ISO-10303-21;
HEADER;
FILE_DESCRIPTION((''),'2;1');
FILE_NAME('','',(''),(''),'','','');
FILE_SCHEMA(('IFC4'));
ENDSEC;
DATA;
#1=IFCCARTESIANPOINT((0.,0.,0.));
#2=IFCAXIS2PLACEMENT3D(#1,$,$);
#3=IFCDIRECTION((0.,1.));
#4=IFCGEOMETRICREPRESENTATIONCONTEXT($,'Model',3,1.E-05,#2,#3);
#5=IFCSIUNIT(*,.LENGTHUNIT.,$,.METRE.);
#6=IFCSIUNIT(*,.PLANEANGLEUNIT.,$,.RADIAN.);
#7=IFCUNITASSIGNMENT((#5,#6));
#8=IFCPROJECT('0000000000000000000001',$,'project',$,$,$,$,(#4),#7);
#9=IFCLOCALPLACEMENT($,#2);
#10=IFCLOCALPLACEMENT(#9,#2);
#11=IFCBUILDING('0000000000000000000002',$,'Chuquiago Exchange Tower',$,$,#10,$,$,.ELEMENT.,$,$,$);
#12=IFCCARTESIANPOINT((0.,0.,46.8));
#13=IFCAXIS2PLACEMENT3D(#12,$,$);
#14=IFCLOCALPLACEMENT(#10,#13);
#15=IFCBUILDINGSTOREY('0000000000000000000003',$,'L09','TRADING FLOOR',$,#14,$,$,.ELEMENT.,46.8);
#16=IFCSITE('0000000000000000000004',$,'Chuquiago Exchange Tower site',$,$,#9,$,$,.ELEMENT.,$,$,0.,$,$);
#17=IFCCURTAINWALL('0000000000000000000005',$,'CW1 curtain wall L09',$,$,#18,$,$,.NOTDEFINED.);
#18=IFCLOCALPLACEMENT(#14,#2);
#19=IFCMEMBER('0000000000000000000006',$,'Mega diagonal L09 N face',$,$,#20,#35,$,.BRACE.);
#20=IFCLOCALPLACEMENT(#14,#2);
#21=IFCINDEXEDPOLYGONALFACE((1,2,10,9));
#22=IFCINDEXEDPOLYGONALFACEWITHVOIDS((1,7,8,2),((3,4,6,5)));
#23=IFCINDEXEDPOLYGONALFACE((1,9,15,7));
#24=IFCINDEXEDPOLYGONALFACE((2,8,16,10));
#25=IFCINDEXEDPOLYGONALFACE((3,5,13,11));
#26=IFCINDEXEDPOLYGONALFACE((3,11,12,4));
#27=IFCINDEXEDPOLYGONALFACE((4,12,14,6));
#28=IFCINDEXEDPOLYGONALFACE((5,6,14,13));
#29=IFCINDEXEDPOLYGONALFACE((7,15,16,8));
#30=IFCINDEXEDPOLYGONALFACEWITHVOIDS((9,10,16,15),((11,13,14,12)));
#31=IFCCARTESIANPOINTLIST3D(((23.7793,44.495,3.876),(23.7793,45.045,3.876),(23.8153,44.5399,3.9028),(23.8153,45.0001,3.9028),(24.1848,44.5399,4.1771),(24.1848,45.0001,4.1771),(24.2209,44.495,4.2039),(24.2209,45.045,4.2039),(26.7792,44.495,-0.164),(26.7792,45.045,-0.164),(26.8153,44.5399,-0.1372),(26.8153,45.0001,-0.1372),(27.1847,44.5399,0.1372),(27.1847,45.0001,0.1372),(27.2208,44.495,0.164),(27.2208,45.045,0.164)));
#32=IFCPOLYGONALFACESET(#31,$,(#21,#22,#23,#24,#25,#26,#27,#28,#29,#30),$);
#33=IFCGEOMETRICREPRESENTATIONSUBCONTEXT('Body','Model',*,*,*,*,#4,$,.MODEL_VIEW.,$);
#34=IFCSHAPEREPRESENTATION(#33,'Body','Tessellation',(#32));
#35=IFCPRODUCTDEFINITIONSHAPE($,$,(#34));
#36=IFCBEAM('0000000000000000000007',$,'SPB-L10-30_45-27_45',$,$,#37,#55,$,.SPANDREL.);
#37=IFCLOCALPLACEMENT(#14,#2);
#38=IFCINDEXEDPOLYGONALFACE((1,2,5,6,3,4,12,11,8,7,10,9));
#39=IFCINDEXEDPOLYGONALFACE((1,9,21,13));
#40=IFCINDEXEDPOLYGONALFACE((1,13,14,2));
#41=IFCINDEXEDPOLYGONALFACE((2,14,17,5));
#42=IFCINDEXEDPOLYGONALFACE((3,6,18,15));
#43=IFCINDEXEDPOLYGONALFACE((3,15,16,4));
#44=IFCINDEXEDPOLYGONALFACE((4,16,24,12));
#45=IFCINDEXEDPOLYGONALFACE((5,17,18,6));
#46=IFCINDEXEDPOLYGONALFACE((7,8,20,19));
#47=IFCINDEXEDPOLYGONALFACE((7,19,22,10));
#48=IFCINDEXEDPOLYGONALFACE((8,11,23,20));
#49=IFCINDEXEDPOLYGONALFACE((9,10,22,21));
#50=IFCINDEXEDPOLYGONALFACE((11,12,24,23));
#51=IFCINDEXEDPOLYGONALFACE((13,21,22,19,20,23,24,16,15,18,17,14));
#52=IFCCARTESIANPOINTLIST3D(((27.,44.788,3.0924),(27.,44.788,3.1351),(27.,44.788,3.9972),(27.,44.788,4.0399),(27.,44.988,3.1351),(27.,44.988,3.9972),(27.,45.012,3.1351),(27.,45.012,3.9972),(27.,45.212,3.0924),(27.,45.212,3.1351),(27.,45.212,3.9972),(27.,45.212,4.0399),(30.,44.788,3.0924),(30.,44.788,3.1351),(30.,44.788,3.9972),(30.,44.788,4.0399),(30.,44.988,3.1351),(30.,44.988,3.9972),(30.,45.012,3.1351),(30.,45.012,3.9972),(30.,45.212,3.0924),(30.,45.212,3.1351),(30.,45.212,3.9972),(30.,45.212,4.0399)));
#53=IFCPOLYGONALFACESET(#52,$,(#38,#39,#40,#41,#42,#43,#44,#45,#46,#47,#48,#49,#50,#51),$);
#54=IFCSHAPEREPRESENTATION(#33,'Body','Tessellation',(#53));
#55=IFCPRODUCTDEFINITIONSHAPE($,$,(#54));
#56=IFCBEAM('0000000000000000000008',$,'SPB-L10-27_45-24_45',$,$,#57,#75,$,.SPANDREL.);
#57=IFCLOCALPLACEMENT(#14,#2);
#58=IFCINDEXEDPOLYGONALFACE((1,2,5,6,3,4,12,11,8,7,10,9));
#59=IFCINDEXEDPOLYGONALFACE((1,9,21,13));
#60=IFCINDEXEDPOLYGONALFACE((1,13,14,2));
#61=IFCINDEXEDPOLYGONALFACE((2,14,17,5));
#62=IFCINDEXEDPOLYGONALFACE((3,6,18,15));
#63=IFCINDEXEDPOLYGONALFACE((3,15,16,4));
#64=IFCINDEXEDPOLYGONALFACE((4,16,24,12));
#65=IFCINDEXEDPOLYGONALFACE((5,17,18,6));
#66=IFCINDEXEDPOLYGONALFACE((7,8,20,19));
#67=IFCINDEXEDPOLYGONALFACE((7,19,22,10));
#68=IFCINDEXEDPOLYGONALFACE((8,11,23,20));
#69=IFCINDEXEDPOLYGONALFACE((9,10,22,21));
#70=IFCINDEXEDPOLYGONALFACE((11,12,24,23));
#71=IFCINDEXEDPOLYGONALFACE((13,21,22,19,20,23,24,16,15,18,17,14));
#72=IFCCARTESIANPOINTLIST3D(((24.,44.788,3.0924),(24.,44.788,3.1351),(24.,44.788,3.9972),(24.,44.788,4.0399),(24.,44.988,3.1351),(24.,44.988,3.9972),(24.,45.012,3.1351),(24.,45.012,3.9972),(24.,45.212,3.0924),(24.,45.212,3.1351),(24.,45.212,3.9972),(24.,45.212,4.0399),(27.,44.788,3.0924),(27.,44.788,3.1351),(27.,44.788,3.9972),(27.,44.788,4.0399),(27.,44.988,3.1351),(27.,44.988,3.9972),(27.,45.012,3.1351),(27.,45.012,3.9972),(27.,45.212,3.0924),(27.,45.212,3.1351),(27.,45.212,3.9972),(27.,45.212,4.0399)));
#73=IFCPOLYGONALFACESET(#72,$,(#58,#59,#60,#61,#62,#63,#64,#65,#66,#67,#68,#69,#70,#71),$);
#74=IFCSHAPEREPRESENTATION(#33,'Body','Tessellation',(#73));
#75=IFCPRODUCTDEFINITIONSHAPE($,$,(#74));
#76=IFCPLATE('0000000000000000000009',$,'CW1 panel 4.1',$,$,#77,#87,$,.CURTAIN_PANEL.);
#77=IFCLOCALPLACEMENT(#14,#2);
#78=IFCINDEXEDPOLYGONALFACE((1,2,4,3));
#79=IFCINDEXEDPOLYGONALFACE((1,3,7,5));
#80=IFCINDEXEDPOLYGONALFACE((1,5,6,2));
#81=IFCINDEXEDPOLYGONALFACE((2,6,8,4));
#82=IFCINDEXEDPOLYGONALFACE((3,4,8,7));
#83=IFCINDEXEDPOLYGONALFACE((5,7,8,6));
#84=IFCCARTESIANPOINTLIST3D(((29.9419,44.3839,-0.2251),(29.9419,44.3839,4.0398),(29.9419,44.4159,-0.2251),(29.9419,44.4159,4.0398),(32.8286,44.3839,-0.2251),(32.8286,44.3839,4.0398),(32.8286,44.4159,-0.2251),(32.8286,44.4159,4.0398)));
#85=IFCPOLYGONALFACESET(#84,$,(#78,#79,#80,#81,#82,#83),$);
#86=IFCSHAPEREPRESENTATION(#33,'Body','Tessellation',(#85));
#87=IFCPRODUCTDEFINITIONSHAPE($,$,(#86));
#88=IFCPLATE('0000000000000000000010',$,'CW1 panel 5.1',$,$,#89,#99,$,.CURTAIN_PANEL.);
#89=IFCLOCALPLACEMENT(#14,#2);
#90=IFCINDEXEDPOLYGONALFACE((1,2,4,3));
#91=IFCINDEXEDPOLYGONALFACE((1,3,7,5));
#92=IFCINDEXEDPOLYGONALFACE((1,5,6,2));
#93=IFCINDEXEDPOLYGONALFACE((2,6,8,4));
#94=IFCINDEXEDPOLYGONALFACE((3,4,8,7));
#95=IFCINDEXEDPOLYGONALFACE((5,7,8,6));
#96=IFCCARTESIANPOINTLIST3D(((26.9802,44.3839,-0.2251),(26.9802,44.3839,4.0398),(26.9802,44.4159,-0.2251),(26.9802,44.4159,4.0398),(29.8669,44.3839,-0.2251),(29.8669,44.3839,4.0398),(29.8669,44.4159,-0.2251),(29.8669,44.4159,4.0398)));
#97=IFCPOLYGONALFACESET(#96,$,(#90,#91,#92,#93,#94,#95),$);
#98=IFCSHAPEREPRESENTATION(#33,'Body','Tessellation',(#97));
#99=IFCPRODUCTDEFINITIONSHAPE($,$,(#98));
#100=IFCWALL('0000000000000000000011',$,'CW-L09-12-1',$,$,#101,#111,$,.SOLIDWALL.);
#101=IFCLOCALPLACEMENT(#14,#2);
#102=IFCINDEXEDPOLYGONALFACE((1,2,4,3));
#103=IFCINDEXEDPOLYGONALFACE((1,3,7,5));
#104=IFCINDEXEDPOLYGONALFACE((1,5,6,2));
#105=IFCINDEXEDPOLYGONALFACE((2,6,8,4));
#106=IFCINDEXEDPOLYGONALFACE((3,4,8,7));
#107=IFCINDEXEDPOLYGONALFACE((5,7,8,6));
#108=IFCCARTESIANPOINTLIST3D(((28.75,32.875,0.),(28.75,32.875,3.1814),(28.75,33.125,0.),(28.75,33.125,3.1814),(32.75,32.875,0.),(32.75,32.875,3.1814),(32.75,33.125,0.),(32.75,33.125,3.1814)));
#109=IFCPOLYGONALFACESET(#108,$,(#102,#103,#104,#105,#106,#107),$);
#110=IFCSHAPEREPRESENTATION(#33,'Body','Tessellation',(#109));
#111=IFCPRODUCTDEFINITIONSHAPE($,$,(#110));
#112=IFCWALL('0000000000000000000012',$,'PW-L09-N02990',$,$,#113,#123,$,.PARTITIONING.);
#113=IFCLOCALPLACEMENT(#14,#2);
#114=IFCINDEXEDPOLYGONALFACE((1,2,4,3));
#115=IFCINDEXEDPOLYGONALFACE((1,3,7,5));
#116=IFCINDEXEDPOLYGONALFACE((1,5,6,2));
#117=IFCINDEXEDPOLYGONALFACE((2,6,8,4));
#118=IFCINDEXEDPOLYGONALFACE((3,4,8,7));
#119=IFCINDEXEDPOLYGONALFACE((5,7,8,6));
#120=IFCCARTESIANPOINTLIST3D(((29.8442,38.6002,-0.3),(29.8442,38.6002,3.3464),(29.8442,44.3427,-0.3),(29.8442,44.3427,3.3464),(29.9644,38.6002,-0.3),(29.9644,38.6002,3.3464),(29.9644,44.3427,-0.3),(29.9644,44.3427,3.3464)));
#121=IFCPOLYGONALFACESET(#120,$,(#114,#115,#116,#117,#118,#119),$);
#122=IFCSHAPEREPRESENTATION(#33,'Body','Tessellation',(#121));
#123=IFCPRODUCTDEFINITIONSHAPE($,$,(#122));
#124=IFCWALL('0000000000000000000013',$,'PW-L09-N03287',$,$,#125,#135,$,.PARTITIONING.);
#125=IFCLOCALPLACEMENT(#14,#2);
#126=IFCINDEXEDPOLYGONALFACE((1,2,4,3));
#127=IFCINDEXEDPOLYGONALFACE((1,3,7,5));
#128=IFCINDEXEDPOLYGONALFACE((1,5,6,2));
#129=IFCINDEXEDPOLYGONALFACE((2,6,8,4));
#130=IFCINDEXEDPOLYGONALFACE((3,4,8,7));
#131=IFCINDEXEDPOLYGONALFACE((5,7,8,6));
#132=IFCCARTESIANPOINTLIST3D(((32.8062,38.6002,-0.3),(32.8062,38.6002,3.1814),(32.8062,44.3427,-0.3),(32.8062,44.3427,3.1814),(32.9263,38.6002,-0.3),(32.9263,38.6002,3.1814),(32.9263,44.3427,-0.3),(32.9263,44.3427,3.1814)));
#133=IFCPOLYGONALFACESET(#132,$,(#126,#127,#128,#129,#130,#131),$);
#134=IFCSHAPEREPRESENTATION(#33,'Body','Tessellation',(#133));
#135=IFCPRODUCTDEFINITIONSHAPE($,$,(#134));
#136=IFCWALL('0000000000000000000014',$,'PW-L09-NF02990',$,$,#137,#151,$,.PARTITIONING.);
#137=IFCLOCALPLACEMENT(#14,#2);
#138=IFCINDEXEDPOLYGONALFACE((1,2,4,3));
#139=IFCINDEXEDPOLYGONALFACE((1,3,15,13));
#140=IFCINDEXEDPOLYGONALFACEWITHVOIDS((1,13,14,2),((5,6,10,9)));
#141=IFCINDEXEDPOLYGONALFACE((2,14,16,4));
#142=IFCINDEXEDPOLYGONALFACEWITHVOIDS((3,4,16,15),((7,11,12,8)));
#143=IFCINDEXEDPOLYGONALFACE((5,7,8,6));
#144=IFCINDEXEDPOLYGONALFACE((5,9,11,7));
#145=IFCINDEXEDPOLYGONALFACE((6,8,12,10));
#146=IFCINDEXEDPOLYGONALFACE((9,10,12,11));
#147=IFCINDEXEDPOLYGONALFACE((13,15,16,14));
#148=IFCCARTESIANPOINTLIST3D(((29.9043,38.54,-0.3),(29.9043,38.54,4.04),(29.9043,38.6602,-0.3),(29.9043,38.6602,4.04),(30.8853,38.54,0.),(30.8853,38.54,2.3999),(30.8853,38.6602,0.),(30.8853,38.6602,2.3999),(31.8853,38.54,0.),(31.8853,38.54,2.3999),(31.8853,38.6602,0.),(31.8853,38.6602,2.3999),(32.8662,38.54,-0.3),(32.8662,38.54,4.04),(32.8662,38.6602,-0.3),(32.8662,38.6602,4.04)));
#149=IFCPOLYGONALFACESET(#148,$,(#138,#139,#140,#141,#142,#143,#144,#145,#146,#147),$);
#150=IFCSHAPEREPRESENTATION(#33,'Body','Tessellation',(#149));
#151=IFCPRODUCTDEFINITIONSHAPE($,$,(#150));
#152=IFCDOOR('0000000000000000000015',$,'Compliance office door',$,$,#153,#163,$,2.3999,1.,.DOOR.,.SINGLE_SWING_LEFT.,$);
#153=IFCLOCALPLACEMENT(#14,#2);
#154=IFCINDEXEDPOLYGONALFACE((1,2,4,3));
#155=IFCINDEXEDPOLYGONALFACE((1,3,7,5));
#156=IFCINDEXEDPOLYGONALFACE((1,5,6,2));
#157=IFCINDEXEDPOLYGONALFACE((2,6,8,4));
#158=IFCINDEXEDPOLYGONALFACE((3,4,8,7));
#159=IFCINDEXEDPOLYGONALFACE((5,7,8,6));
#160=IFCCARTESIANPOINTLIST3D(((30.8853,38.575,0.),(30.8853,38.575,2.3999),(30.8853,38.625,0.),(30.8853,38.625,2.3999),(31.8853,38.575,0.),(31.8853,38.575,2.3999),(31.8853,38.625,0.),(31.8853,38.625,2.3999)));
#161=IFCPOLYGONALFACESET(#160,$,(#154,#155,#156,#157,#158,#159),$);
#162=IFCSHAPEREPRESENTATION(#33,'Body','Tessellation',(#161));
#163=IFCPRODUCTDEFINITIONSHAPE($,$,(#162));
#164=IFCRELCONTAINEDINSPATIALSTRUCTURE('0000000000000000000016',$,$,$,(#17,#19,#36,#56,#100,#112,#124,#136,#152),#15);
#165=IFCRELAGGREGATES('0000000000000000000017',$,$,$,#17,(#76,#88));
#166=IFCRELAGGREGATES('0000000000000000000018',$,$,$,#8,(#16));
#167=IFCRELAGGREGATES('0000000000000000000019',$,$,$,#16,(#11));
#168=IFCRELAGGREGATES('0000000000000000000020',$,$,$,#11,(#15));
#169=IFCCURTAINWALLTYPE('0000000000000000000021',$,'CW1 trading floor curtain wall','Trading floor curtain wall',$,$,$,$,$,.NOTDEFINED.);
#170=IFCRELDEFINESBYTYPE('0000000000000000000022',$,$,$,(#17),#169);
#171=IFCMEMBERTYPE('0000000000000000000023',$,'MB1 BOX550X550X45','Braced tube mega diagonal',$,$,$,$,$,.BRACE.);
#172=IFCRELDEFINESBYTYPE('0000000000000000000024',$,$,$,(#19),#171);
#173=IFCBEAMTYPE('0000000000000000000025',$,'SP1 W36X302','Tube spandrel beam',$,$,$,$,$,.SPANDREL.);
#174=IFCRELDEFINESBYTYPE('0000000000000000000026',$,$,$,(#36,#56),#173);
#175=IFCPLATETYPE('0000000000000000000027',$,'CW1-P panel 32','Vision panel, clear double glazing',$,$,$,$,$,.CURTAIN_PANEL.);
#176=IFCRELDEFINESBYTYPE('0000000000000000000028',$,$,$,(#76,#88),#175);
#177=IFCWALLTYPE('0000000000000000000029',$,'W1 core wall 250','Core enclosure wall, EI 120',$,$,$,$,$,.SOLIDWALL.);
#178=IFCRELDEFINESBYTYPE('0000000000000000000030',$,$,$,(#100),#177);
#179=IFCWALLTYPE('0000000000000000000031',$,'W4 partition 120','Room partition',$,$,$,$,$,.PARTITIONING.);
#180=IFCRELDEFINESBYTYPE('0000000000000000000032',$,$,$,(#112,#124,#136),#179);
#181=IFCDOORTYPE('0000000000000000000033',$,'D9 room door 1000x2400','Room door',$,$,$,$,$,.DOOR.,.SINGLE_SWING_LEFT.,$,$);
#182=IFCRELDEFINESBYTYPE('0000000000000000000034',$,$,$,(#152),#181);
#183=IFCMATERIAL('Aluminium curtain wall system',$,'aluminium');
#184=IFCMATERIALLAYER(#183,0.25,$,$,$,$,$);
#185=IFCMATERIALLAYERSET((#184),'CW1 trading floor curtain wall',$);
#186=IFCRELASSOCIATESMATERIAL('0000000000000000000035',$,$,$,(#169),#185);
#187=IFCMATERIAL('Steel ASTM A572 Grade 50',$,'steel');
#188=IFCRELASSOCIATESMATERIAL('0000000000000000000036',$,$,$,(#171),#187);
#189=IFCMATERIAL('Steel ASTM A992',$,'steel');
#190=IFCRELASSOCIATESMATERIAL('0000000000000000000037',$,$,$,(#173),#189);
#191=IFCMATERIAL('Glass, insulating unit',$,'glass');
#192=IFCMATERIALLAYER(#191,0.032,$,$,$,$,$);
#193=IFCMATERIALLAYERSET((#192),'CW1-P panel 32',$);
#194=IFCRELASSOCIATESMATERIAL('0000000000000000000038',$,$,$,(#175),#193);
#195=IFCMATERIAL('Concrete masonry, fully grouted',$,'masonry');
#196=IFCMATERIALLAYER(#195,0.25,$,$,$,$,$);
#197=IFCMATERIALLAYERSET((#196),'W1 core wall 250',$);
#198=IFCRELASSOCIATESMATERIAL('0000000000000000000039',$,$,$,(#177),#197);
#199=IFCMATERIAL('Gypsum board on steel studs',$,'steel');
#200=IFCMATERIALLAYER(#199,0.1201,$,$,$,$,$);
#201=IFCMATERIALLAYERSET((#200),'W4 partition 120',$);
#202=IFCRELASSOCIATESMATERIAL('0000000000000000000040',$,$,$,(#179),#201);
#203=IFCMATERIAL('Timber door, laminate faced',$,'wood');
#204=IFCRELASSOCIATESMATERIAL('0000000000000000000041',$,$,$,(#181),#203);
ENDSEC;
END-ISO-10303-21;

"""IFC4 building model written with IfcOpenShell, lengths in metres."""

from ifc_helpers import new_model, si_unit, direction, frame, frame_2d, origin, origin_2d, place, context, subcontext, project, spatial, rectangle, hollow_rectangle, i_section, extrude, material, layer, layer_set, material_profile, profile_set, type_object, element, fill, aggregate, save


model = new_model("IFC4")

# Units and contexts
model_context = context("Model", 3, precision=1e-05, world=origin(), true_north=direction((0.0, 1.0)))
body_context = subcontext(model_context, "Body", "Model", "MODEL_VIEW")
ifc_project = project(units=[si_unit("LENGTHUNIT", "METRE"), si_unit("PLANEANGLEUNIT", "RADIAN")], contexts=[model_context])

# Site, building, storey
site_placement = place(None, origin())
site = spatial("IfcSite", under=ifc_project, at=site_placement, Name="Chuquiago Exchange Tower site", CompositionType="ELEMENT", RefElevation=0.0)
building_placement = place(site_placement, origin())
building = spatial("IfcBuilding", under=site, at=building_placement, Name="Chuquiago Exchange Tower", CompositionType="ELEMENT")
storey_placement = place(building_placement, frame((0.0, 0.0, 46.8)))
storey = spatial("IfcBuildingStorey", under=building, at=storey_placement, Name="L09", Description="TRADING FLOOR", CompositionType="ELEMENT", Elevation=46.8)

# Curtain wall
ifc_material_1 = material(Name="Aluminium curtain wall system", Category="aluminium")
ifc_layer_1 = layer(ifc_material_1, 0.25)
ifc_layer_set_1 = layer_set([ifc_layer_1], Name="CW1 trading floor curtain wall")
curtain_wall_type = type_object("IfcCurtainWallType", Name="CW1 trading floor curtain wall", Description="Trading floor curtain wall", PredefinedType="NOTDEFINED", material=ifc_layer_set_1)
curtain_wall_placement = place(storey_placement, origin())
curtain_wall = element("IfcCurtainWall", 1, at=curtain_wall_placement, inside=storey, type_object=curtain_wall_type, Name="CW1 curtain wall L09", PredefinedType="NOTDEFINED")

# Member
ifc_material_2 = material(Name="Steel ASTM A572 Grade 50", Category="steel")
ifc_material_profile_1 = material_profile(ifc_material_2, hollow_rectangle(XDim=0.55, YDim=0.55, WallThickness=0.0449, at=origin_2d()), Name="BOX550X550X45")
ifc_profile_set_1 = profile_set([ifc_material_profile_1], Name="Steel ASTM A572 Grade 50")
member_type_1 = type_object("IfcMemberType", Name="MB1 BOX550X550X45", Description="Braced tube mega diagonal", PredefinedType="BRACE", material=ifc_profile_set_1)
member_1_placement = place(storey_placement, frame((27.0, 44.77, 0.0), z_axis=(-0.596174, 0.0, 0.802855), x_axis=(0.0, -1.0, 0.0)))
element("IfcMember", 2, at=member_1_placement, inside=storey, type_object=member_type_1, Name="Mega diagonal L09 N face", PredefinedType="BRACE", context=body_context, shape_type="SweptSolid", body=[
    extrude(hollow_rectangle(XDim=0.55, YDim=0.55, WallThickness=0.0449, at=origin_2d()), origin(), (0.0, 0.0, 1.0), 5.032),
])

# Beams
ifc_material_3 = material(Name="Steel ASTM A992", Category="steel")
ifc_material_profile_2 = material_profile(ifc_material_3, i_section(OverallWidth=0.4241, OverallDepth=0.9475, WebThickness=0.0239, FlangeThickness=0.0427, at=origin_2d()), Name="W36X302")
ifc_profile_set_2 = profile_set([ifc_material_profile_2], Name="Steel ASTM A992")
beam_type_1 = type_object("IfcBeamType", Name="SP1 W36X302", Description="Tube spandrel beam", PredefinedType="SPANDREL", material=ifc_profile_set_2)
for number, where, z_axis, x_axis, name in (
    (3, (30.0, 45.0, 3.5662), (-1.0, 0.0, 0.0), (0.0, -1.0, 0.0), "SPB-L10-30_45-27_45"),
    (4, (27.0, 45.0, 3.5662), (-1.0, 0.0, 0.0), (0.0, -1.0, 0.0), "SPB-L10-27_45-24_45"),
):
    element("IfcBeam", number, at=place(storey_placement, frame(where, z_axis=z_axis, x_axis=x_axis)), inside=storey, type_object=beam_type_1, Name=name, PredefinedType="SPANDREL", context=body_context, shape_type="SweptSolid", body=[
        extrude(i_section(OverallWidth=0.4241, OverallDepth=0.9475, WebThickness=0.0239, FlangeThickness=0.0427, at=origin_2d()), origin(), (0.0, 0.0, 1.0), 3.0),
    ])

# Plates
ifc_material_4 = material(Name="Glass, insulating unit", Category="glass")
ifc_layer_2 = layer(ifc_material_4, 0.032)
ifc_layer_set_2 = layer_set([ifc_layer_2], Name="CW1-P panel 32")
plate_type = type_object("IfcPlateType", Name="CW1-P panel 32", Description="Vision panel, clear double glazing", PredefinedType="CURTAIN_PANEL", material=ifc_layer_set_2)
plate_1_placement = place(storey_placement, frame((31.3853, 44.3999, -0.2251), z_axis=(0.0, 0.0, 1.0), x_axis=(-1.0, 0.0, 0.0)))
plate_1 = element("IfcPlate", 5, at=plate_1_placement, type_object=plate_type, Name="CW1 panel 4.1", PredefinedType="CURTAIN_PANEL", context=body_context, shape_type="SweptSolid", body=[
    extrude(rectangle(XDim=2.8867, YDim=0.032, at=origin_2d()), origin(), (0.0, 0.0, 1.0), 4.2649),
])
plate_2_placement = place(storey_placement, frame((28.4236, 44.3999, -0.2251), z_axis=(0.0, 0.0, 1.0), x_axis=(-1.0, 0.0, 0.0)))
plate_2 = element("IfcPlate", 6, at=plate_2_placement, type_object=plate_type, Name="CW1 panel 5.1", PredefinedType="CURTAIN_PANEL", context=body_context, shape_type="SweptSolid", body=[
    extrude(rectangle(XDim=2.8867, YDim=0.032, at=origin_2d()), origin(), (0.0, 0.0, 1.0), 4.2649),
])
aggregate(curtain_wall, [plate_1, plate_2])

# Walls
ifc_material_5 = material(Name="Concrete masonry, fully grouted", Category="masonry")
ifc_layer_3 = layer(ifc_material_5, 0.25)
ifc_layer_set_3 = layer_set([ifc_layer_3], Name="W1 core wall 250")
wall_type_1 = type_object("IfcWallType", Name="W1 core wall 250", Description="Core enclosure wall, EI 120", PredefinedType="SOLIDWALL", material=ifc_layer_set_3)
wall_1_placement = place(storey_placement, frame((28.75, 33.0, 0.0), z_axis=(0.0, 0.0, 1.0), x_axis=(1.0, 0.0, 0.0)))
element("IfcWall", 7, at=wall_1_placement, inside=storey, type_object=wall_type_1, Name="CW-L09-12-1", PredefinedType="SOLIDWALL", context=body_context, shape_type="SweptSolid", body=[
    extrude(rectangle(XDim=4.0, YDim=0.25, at=frame_2d((2.0, 0.0))), origin(), (0.0, 0.0, 1.0), 3.1814),
])
ifc_material_6 = material(Name="Gypsum board on steel studs", Category="steel")
ifc_layer_4 = layer(ifc_material_6, 0.1201)
ifc_layer_set_4 = layer_set([ifc_layer_4], Name="W4 partition 120")
wall_type_2 = type_object("IfcWallType", Name="W4 partition 120", Description="Room partition", PredefinedType="PARTITIONING", material=ifc_layer_set_4)
wall_2_placement = place(storey_placement, frame((29.9043, 44.3425, -0.3), z_axis=(0.0, 0.0, 1.0), x_axis=(0.0, -1.0, 0.0)))
element("IfcWall", 8, at=wall_2_placement, inside=storey, type_object=wall_type_2, Name="PW-L09-N02990", PredefinedType="PARTITIONING", context=body_context, shape_type="SweptSolid", body=[
    extrude(rectangle(XDim=5.7424, YDim=0.1201, at=frame_2d((2.8711, 0.0))), origin(), (0.0, 0.0, 1.0), 3.6465),
])
wall_3_placement = place(storey_placement, frame((32.8662, 44.3425, -0.3), z_axis=(0.0, 0.0, 1.0), x_axis=(0.0, -1.0, 0.0)))
element("IfcWall", 9, at=wall_3_placement, inside=storey, type_object=wall_type_2, Name="PW-L09-N03287", PredefinedType="PARTITIONING", context=body_context, shape_type="SweptSolid", body=[
    extrude(rectangle(XDim=5.7424, YDim=0.1201, at=frame_2d((2.8711, 0.0))), origin(), (0.0, 0.0, 1.0), 3.4814),
])

# Wall, opening, door
wall_4_placement = place(storey_placement, frame((29.9043, 38.6001, -0.3), z_axis=(0.0, 0.0, 1.0), x_axis=(1.0, 0.0, 0.0)))
wall_4 = element("IfcWall", 10, at=wall_4_placement, inside=storey, type_object=wall_type_2, Name="PW-L09-NF02990", PredefinedType="PARTITIONING", context=body_context, shape_type="SweptSolid", body=[
    extrude(rectangle(XDim=2.9619, YDim=0.1201, at=frame_2d((1.481, 0.0))), origin(), (0.0, 0.0, 1.0), 4.3401),
])
opening_1_placement = place(wall_4_placement, frame((0.981, 0.0, 0.3)))
opening_1 = element("IfcOpeningElement", 11, at=opening_1_placement, cuts=wall_4, PredefinedType="OPENING", context=body_context, shape_type="SweptSolid", body=[
    extrude(rectangle(XDim=1.0, YDim=2.3999, at=frame_2d((0.5, 1.2))), frame((0.0, 0.0701, 0.0), z_axis=(0.0, -1.0, 0.0), x_axis=(1.0, 0.0, 0.0)), (0.0, 0.0, 1.0), 0.1401),
])
ifc_material_7 = material(Name="Timber door, laminate faced", Category="wood")
door_type = type_object("IfcDoorType", Name="D9 room door 1000x2400", Description="Room door", OperationType="SINGLE_SWING_LEFT", PredefinedType="DOOR", material=ifc_material_7)
door_1_placement = place(opening_1_placement, origin())
door_1 = element("IfcDoor", 12, at=door_1_placement, inside=storey, type_object=door_type, Name="Compliance office door", OperationType="SINGLE_SWING_LEFT", OverallHeight=2.3999, OverallWidth=1.0, PredefinedType="DOOR", context=body_context, shape_type="SweptSolid", body=[
    extrude(rectangle(XDim=1.0, YDim=2.3999, at=frame_2d((0.5, 1.2))), frame((0.0, 0.0249, 0.0), z_axis=(0.0, -1.0, 0.0), x_axis=(1.0, 0.0, 0.0)), (0.0, 0.0, 1.0), 0.05),
])
fill(opening_1, door_1)

save(model, "model.ifc")
